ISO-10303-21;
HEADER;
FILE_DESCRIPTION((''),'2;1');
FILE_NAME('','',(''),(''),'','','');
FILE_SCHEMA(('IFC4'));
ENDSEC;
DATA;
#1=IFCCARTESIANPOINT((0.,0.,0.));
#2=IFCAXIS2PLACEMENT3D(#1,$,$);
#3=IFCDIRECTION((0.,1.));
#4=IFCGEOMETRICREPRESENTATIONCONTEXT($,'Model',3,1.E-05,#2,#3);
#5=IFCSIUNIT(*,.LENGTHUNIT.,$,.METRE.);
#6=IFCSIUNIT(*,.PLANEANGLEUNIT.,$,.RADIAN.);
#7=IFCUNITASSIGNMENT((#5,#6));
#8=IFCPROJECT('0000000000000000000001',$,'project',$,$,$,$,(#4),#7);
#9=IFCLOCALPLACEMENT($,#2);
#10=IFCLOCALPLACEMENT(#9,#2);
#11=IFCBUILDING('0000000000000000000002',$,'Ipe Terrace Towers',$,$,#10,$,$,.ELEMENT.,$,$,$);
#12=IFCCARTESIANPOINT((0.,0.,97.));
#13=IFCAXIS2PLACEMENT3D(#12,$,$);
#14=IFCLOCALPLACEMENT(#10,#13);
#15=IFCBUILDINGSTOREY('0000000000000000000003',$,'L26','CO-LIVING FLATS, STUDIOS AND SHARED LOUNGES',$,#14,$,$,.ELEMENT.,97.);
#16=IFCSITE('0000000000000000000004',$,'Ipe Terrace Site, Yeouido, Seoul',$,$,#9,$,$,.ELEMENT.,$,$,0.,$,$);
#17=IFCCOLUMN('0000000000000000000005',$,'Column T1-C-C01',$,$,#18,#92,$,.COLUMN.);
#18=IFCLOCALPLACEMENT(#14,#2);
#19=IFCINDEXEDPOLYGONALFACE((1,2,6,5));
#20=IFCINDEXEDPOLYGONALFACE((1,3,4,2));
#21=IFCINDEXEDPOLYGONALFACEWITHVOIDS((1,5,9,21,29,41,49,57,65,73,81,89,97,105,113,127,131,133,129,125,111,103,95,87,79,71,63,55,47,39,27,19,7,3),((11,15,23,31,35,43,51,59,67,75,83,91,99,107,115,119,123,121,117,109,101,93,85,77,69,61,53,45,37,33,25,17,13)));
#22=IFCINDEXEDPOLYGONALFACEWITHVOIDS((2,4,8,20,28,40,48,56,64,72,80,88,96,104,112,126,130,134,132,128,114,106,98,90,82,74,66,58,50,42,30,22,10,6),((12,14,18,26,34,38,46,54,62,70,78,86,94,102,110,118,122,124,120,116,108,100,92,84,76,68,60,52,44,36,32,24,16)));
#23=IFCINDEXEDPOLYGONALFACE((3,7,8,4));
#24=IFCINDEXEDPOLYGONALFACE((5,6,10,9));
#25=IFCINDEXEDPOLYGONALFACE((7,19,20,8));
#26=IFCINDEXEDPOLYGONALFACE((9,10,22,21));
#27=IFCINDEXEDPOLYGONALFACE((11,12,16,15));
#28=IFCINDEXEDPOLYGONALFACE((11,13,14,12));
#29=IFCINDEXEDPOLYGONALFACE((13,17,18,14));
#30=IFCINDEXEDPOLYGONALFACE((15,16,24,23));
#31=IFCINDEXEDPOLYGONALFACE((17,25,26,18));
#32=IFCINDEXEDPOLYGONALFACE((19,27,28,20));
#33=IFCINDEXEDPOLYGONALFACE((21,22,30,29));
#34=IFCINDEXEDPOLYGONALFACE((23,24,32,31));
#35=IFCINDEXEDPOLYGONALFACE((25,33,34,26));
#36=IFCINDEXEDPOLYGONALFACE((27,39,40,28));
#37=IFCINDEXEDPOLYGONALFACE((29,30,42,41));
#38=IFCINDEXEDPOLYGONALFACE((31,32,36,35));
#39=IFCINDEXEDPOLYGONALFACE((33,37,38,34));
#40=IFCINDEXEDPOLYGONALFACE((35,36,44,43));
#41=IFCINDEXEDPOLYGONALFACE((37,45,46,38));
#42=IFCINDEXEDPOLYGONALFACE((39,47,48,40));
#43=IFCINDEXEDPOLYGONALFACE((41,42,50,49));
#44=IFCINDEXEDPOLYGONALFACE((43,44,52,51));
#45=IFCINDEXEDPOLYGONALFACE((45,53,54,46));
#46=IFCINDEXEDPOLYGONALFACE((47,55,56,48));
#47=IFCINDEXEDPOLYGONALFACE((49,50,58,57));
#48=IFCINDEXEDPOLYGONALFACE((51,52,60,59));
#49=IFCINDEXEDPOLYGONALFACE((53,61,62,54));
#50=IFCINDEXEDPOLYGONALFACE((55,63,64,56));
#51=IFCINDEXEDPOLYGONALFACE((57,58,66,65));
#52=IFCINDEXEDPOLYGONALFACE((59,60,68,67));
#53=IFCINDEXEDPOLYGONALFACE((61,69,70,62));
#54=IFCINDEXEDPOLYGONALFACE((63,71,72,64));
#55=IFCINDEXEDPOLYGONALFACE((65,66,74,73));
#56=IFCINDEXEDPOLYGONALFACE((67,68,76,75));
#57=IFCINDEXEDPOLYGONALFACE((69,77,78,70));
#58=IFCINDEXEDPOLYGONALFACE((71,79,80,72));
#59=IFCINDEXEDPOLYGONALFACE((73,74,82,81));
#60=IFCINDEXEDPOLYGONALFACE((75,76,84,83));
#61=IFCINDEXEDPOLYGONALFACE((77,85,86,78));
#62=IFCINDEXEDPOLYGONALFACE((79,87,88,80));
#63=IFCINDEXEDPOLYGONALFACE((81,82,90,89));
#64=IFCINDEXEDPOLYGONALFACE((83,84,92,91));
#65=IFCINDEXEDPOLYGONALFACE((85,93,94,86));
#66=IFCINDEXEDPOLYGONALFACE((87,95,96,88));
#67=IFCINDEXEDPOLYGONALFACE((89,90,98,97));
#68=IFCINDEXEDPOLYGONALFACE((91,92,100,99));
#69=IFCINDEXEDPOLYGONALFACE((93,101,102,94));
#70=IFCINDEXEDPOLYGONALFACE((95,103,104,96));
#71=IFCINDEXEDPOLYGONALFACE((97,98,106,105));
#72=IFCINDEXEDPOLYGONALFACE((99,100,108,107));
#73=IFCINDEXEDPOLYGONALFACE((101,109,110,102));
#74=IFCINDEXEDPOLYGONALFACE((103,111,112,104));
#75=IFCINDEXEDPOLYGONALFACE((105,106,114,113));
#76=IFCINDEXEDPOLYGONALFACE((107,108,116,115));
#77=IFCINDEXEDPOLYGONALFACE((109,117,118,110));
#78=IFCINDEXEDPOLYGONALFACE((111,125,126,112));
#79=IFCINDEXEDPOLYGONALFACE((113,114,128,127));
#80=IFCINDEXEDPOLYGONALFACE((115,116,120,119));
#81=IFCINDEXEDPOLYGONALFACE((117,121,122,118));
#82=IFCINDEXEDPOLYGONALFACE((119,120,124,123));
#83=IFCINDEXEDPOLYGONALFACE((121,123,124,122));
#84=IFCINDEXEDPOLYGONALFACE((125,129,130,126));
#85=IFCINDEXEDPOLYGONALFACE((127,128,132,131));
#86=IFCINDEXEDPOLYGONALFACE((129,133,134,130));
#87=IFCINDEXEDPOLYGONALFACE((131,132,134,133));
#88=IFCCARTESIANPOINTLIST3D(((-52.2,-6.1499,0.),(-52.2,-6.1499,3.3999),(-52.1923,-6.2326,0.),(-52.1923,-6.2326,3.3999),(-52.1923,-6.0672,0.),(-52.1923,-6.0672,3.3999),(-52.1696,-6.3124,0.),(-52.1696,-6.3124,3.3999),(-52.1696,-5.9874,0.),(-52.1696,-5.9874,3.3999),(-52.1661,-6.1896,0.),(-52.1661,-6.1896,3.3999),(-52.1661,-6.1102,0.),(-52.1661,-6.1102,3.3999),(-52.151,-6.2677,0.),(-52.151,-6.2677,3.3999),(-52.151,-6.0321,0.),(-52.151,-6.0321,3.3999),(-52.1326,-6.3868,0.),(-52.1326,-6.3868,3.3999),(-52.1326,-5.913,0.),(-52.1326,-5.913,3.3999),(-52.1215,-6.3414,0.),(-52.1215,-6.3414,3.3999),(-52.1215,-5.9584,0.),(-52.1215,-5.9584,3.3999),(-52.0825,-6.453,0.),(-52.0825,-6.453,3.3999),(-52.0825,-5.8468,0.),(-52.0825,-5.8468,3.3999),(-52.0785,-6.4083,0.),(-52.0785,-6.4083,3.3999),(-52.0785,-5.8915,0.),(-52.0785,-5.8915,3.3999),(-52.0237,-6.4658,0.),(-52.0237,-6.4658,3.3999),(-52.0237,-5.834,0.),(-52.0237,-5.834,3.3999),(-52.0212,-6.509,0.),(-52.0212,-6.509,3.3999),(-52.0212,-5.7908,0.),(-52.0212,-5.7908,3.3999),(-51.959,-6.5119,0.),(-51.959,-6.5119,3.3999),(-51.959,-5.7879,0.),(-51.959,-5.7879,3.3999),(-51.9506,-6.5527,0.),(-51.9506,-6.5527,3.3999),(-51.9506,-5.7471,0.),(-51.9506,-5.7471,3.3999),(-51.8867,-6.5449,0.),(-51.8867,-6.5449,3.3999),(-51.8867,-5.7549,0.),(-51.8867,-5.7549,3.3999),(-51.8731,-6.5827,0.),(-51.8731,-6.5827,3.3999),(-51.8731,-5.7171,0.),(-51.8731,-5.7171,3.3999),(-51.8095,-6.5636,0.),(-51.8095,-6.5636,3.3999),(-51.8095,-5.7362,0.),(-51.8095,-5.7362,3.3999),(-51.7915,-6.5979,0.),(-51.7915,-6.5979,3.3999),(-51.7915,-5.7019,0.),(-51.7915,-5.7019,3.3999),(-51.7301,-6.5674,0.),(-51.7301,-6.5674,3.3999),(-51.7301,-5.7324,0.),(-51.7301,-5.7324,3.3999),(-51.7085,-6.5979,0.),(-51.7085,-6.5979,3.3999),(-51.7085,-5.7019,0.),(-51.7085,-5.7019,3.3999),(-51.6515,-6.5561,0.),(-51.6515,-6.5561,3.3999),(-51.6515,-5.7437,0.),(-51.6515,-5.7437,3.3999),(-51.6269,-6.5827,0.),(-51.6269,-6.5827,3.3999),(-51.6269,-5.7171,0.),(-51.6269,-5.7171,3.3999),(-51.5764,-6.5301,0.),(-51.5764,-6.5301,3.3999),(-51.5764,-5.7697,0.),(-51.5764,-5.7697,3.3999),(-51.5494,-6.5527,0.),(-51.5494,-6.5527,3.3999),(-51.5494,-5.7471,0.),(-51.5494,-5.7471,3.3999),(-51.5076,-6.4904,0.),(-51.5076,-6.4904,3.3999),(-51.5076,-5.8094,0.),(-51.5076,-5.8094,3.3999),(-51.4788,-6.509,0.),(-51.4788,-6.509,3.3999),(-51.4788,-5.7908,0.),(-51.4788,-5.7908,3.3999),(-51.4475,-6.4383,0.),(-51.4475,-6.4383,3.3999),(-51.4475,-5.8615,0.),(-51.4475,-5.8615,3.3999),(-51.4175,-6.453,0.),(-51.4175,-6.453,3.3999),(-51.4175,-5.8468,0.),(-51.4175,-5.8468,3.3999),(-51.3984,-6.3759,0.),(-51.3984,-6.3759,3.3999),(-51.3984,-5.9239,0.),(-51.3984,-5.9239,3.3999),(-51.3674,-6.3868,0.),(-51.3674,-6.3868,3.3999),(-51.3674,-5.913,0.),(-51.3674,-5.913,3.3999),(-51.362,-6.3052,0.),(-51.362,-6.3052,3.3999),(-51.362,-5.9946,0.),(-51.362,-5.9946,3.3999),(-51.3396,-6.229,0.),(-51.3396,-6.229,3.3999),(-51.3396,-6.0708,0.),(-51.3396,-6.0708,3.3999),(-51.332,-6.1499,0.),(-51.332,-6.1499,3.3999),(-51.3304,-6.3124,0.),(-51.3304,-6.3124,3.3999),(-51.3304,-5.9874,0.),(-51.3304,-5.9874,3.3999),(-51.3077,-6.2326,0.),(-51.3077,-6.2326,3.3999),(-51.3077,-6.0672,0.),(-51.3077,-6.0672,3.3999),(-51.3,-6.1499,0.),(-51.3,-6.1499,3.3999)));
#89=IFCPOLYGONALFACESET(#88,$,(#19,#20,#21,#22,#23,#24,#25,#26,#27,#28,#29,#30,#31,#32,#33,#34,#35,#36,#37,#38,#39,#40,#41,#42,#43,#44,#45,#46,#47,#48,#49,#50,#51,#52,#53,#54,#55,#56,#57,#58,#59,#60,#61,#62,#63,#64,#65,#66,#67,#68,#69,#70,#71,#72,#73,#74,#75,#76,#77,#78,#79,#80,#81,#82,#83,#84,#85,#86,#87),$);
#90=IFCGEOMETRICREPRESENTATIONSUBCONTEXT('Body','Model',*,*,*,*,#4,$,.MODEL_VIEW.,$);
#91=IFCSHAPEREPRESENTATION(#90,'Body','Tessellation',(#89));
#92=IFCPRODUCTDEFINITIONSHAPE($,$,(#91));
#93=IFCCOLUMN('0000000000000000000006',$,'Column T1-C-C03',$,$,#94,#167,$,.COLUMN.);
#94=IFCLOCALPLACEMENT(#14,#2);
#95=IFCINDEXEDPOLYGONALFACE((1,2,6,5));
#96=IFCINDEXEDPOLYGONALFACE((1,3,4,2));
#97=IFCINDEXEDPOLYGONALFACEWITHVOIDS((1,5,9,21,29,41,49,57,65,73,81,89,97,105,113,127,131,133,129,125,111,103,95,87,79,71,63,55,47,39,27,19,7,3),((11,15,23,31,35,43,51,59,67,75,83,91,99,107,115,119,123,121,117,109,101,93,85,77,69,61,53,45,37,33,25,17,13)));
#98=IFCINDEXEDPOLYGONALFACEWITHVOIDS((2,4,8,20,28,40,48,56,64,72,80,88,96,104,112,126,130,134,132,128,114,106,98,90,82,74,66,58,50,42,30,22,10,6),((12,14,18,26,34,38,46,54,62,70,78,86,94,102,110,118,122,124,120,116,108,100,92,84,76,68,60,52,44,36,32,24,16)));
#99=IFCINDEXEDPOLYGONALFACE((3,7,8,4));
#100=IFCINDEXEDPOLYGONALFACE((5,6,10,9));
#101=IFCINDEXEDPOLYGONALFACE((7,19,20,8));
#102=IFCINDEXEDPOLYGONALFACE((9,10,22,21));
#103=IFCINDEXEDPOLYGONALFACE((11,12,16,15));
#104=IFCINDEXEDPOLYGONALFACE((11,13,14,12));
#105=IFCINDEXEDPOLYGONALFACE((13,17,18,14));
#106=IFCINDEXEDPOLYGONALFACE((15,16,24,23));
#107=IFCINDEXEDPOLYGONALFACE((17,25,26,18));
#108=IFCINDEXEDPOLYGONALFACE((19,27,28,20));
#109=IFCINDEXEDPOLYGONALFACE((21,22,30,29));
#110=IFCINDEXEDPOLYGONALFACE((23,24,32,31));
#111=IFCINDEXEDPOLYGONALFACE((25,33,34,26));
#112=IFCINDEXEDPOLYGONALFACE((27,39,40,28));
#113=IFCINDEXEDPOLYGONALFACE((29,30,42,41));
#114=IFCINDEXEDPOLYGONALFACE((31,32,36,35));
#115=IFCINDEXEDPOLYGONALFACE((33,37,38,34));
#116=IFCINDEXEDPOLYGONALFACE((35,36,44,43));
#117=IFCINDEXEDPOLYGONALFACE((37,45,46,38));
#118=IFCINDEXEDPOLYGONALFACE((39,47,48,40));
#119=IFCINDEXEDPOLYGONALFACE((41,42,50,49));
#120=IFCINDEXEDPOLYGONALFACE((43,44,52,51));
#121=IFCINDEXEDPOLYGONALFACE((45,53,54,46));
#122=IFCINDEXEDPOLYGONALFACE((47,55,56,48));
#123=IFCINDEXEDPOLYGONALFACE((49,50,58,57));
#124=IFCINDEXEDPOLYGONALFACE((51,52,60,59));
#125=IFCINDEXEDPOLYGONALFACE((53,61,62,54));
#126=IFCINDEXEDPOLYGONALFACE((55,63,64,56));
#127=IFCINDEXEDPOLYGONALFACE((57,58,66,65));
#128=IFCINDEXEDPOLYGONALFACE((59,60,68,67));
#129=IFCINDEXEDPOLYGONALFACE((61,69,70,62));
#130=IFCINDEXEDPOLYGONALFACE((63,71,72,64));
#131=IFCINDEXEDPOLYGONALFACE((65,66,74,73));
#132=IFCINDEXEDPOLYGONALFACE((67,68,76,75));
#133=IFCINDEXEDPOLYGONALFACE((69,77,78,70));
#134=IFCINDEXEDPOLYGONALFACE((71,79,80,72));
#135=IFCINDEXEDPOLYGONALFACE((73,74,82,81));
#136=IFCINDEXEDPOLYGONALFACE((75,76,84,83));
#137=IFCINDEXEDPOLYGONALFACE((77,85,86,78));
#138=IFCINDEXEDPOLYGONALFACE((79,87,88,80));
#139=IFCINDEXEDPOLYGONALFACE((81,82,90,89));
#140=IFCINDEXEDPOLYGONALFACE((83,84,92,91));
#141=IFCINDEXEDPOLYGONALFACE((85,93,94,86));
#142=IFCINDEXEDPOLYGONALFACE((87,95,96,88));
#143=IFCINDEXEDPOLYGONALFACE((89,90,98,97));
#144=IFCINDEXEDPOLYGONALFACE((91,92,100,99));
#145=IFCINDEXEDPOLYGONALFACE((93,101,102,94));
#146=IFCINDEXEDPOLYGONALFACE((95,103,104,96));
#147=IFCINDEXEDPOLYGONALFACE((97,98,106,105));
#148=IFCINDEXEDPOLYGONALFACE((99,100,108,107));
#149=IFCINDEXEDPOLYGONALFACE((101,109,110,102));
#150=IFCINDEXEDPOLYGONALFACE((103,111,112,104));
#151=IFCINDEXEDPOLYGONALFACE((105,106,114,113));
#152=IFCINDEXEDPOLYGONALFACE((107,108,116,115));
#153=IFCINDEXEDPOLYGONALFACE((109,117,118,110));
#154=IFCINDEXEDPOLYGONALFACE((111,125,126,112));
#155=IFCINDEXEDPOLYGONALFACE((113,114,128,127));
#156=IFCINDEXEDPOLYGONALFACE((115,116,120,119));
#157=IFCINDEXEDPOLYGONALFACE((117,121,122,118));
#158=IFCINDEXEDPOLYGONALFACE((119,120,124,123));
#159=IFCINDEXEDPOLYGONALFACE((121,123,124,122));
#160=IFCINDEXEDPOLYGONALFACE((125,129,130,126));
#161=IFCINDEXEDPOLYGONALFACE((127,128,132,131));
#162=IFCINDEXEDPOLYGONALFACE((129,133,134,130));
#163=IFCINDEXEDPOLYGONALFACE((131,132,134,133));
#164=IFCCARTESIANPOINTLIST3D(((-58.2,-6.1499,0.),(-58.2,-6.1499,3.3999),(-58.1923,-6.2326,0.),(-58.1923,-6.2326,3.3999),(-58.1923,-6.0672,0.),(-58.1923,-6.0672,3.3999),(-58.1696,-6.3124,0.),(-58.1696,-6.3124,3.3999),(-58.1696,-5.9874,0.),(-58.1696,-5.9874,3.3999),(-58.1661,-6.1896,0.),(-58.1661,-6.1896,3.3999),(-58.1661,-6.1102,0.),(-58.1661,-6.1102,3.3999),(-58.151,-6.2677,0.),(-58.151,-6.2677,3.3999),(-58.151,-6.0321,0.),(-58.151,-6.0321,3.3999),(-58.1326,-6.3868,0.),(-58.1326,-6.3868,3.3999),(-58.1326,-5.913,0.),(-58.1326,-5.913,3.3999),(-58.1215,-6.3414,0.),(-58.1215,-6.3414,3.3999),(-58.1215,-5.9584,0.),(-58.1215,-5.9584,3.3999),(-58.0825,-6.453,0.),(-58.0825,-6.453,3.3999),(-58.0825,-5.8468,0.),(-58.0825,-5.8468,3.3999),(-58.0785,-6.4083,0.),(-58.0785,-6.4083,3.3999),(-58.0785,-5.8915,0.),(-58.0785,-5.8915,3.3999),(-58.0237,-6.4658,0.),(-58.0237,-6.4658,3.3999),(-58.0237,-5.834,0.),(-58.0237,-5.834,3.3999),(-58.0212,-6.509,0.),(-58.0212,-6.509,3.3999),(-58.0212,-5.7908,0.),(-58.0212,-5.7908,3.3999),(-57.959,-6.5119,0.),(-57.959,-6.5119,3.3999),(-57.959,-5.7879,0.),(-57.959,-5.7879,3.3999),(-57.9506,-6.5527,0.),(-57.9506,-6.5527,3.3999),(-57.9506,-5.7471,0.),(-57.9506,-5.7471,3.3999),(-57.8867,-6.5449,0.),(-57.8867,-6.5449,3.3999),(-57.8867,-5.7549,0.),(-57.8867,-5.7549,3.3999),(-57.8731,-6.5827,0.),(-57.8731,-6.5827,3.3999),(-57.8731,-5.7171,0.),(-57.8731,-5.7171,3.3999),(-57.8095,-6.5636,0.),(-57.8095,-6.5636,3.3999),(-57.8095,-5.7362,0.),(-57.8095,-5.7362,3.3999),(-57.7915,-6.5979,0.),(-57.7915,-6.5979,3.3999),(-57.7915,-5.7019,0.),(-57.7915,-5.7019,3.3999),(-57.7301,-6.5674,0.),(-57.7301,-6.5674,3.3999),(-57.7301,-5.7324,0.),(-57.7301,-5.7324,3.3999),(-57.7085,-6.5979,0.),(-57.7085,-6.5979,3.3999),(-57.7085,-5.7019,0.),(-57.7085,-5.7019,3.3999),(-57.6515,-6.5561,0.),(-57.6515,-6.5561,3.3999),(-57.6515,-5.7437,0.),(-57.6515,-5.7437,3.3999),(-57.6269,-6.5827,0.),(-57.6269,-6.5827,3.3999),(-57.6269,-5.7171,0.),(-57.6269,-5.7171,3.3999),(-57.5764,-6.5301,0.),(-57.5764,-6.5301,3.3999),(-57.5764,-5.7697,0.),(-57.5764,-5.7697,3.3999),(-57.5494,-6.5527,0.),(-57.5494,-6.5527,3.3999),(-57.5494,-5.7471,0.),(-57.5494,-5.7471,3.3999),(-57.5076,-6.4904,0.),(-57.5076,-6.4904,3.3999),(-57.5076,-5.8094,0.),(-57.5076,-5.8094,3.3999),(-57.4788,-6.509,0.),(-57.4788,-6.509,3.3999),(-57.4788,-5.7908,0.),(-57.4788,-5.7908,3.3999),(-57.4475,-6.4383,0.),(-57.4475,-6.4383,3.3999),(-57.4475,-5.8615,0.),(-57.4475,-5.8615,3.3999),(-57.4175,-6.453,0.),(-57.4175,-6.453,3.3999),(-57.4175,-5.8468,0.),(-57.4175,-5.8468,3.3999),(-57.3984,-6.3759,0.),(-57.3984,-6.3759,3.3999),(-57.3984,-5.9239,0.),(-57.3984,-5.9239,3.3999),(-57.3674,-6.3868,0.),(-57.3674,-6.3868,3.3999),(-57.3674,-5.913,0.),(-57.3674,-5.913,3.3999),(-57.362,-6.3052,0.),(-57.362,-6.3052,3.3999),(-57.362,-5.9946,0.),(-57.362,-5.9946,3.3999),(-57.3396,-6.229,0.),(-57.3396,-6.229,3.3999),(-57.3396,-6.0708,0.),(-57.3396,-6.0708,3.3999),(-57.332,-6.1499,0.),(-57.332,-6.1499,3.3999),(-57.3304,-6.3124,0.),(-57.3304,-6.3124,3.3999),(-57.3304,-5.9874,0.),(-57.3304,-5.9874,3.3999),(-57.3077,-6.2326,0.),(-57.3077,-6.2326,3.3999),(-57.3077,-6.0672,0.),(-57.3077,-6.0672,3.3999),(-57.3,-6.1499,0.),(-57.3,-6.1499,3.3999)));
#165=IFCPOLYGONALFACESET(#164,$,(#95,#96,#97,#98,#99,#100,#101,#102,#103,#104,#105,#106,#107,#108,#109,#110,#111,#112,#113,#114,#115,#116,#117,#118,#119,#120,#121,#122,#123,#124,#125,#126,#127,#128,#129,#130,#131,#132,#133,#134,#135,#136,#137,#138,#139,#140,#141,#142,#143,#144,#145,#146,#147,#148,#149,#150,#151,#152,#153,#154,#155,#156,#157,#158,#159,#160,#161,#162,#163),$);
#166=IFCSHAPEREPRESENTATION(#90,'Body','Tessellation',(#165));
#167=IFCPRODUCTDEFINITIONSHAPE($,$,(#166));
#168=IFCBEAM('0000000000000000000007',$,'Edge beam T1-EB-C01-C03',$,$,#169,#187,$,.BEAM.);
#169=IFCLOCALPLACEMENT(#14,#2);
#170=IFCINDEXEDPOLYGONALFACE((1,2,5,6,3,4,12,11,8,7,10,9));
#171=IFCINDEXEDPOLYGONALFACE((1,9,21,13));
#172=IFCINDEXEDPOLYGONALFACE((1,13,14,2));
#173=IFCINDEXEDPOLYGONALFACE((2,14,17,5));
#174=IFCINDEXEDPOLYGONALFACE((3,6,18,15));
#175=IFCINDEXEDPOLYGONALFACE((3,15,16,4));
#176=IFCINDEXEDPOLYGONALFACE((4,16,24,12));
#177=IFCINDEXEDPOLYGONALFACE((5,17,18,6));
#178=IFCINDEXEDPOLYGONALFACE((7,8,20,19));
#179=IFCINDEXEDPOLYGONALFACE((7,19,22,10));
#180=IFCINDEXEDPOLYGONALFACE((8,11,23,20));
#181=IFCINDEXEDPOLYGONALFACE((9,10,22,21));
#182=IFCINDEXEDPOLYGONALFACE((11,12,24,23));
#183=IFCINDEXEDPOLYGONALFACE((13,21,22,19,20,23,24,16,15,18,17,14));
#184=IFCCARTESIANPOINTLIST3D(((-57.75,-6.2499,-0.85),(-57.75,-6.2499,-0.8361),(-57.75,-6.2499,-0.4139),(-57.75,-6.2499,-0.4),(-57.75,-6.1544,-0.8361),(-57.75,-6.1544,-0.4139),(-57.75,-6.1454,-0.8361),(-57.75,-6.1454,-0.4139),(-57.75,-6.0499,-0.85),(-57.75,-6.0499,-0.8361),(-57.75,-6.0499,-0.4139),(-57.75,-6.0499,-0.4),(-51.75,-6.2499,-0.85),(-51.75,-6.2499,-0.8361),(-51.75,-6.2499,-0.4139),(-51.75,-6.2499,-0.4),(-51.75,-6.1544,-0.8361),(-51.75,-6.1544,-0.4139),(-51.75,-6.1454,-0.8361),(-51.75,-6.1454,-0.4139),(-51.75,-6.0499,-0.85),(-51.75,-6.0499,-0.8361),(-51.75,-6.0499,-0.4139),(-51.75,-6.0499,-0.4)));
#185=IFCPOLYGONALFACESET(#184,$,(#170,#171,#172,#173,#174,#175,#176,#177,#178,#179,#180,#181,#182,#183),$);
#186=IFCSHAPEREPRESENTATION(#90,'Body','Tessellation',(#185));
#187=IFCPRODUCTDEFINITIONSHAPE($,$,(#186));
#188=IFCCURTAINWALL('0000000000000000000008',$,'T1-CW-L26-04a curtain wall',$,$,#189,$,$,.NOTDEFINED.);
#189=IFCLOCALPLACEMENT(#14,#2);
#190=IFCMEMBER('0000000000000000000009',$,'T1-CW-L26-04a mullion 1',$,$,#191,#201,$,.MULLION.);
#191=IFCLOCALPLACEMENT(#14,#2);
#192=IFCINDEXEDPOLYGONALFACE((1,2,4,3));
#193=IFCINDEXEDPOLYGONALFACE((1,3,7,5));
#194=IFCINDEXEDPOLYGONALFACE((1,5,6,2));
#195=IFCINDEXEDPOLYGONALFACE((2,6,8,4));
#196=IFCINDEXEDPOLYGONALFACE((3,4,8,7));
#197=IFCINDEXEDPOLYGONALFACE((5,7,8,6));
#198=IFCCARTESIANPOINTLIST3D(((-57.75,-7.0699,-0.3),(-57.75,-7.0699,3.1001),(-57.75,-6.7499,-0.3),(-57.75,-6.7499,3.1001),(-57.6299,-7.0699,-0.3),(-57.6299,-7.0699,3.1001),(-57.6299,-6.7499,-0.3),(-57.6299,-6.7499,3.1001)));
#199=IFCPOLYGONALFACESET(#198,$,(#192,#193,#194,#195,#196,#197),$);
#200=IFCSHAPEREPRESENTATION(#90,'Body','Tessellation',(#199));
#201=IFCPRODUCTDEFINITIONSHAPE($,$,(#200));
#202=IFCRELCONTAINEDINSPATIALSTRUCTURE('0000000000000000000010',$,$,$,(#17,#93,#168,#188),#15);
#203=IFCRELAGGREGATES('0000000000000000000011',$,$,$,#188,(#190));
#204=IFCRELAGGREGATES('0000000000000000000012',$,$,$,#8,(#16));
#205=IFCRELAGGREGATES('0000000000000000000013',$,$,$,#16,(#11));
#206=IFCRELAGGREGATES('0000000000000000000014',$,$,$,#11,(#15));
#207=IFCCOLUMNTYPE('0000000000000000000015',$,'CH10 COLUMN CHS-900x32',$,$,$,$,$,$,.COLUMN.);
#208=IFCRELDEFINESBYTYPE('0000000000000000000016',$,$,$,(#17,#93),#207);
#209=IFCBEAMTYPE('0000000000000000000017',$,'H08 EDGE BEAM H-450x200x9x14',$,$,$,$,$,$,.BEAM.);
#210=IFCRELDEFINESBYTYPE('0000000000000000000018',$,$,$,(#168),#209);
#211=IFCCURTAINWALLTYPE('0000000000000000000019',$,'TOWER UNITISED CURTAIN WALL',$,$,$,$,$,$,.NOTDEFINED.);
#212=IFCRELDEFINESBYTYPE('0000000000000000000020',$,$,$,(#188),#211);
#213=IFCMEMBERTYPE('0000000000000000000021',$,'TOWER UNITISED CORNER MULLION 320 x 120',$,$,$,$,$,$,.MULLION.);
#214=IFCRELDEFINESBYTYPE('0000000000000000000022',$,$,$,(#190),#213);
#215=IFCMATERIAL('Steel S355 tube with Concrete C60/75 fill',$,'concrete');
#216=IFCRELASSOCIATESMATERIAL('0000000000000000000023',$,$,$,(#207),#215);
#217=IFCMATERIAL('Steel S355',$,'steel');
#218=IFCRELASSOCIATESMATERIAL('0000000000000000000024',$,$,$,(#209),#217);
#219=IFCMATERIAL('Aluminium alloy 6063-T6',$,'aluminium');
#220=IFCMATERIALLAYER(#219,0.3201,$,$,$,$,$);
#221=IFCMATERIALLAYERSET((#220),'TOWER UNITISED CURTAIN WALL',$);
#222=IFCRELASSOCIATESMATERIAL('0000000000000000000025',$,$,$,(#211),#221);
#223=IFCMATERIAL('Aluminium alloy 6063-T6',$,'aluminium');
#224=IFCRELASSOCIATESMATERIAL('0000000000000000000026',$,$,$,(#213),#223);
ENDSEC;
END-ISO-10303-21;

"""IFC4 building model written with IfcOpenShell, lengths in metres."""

from ifc_helpers import new_model, si_unit, direction, frame, origin, origin_2d, place, context, subcontext, project, spatial, rectangle, hollow_circle, i_section, extrude, material, layer, layer_set, material_profile, profile_set, type_object, element, aggregate, save


model = new_model("IFC4")

# Units and contexts
model_context = context("Model", 3, precision=1e-05, world=origin(), true_north=direction((0.0, 1.0)))
body_context = subcontext(model_context, "Body", "Model", "MODEL_VIEW")
ifc_project = project(units=[si_unit("LENGTHUNIT", "METRE"), si_unit("PLANEANGLEUNIT", "RADIAN")], contexts=[model_context])

# Site, building, storey
site_placement = place(None, origin())
site = spatial("IfcSite", under=ifc_project, at=site_placement, Name="Ipe Terrace Site, Yeouido, Seoul", CompositionType="ELEMENT", RefElevation=0.0)
building_placement = place(site_placement, origin())
building = spatial("IfcBuilding", under=site, at=building_placement, Name="Ipe Terrace Towers", CompositionType="ELEMENT")
storey_placement = place(building_placement, frame((0.0, 0.0, 97.0)))
storey = spatial("IfcBuildingStorey", under=building, at=storey_placement, Name="L26", Description="CO-LIVING FLATS, STUDIOS AND SHARED LOUNGES", CompositionType="ELEMENT", Elevation=97.0)

# Columns
ifc_material_1 = material(Name="Steel S355 tube with Concrete C60/75 fill", Category="concrete")
ifc_material_profile_1 = material_profile(ifc_material_1, hollow_circle(Radius=0.45, WallThickness=0.032, at=origin_2d()), Name="CHS-900x32")
ifc_profile_set_1 = profile_set([ifc_material_profile_1], Name="Steel S355 tube with Concrete C60/75 fill")
column_type = type_object("IfcColumnType", Name="CH10 COLUMN CHS-900x32", PredefinedType="COLUMN", material=ifc_profile_set_1)
for number, where, z_axis, x_axis, name in (
    (1, (-51.75, -6.1499, 0.0), (0.0, 0.0, 1.0), (1.0, 0.0, 0.0), "Column T1-C-C01"),
    (2, (-57.75, -6.1499, 0.0), (0.0, 0.0, 1.0), (1.0, 0.0, 0.0), "Column T1-C-C03"),
):
    element("IfcColumn", number, at=place(storey_placement, frame(where, z_axis=z_axis, x_axis=x_axis)), inside=storey, type_object=column_type, Name=name, PredefinedType="COLUMN", context=body_context, shape_type="SweptSolid", body=[
        extrude(hollow_circle(Radius=0.45, WallThickness=0.032, at=origin_2d()), origin(), (0.0, 0.0, 1.0), 3.3999),
    ])

# Beam
ifc_material_2 = material(Name="Steel S355", Category="steel")
ifc_material_profile_2 = material_profile(ifc_material_2, i_section(OverallWidth=0.2, OverallDepth=0.45, WebThickness=0.009, FlangeThickness=0.0139, at=origin_2d()), Name="H-450x200x9x14")
ifc_profile_set_2 = profile_set([ifc_material_profile_2], Name="Steel S355")
beam_type = type_object("IfcBeamType", Name="H08 EDGE BEAM H-450x200x9x14", PredefinedType="BEAM", material=ifc_profile_set_2)
beam_placement = place(storey_placement, frame((-51.75, -6.1499, -0.625), z_axis=(-1.0, 0.0, 0.0), x_axis=(0.0, -1.0, 0.0)))
element("IfcBeam", 3, at=beam_placement, inside=storey, type_object=beam_type, Name="Edge beam T1-EB-C01-C03", PredefinedType="BEAM", context=body_context, shape_type="SweptSolid", body=[
    extrude(i_section(OverallWidth=0.2, OverallDepth=0.45, WebThickness=0.009, FlangeThickness=0.0139, at=origin_2d()), origin(), (0.0, 0.0, 1.0), 6.0),
])

# Curtain wall, member
ifc_material_3 = material(Name="Aluminium alloy 6063-T6", Category="aluminium")
ifc_layer_1 = layer(ifc_material_3, 0.3201)
ifc_layer_set_1 = layer_set([ifc_layer_1], Name="TOWER UNITISED CURTAIN WALL")
curtain_wall_type = type_object("IfcCurtainWallType", Name="TOWER UNITISED CURTAIN WALL", PredefinedType="NOTDEFINED", material=ifc_layer_set_1)
curtain_wall_1_placement = place(storey_placement, origin())
curtain_wall_1 = element("IfcCurtainWall", 4, at=curtain_wall_1_placement, inside=storey, type_object=curtain_wall_type, Name="T1-CW-L26-04a curtain wall", PredefinedType="NOTDEFINED")
ifc_material_4 = material(Name="Aluminium alloy 6063-T6", Category="aluminium")
ifc_material_profile_3 = material_profile(ifc_material_4, rectangle(XDim=0.3201, YDim=0.1201, at=origin_2d()), Name="TOWER UNITISED CORNER MULLION 320 x 120")
ifc_profile_set_3 = profile_set([ifc_material_profile_3], Name="Aluminium alloy 6063-T6")
member_type = type_object("IfcMemberType", Name="TOWER UNITISED CORNER MULLION 320 x 120", PredefinedType="MULLION", material=ifc_profile_set_3)
member_1_placement = place(storey_placement, frame((-57.6899, -6.9099, -0.3), z_axis=(0.0, 0.0, 1.0), x_axis=(0.0, -1.0, 0.0)))
member_1 = element("IfcMember", 5, at=member_1_placement, type_object=member_type, Name="T1-CW-L26-04a mullion 1", PredefinedType="MULLION", context=body_context, shape_type="SweptSolid", body=[
    extrude(rectangle(XDim=0.3201, YDim=0.1201, at=origin_2d()), origin(), (0.0, 0.0, 1.0), 3.4001),
])

aggregate(curtain_wall_1, [member_1])

save(model, "model.ifc")
